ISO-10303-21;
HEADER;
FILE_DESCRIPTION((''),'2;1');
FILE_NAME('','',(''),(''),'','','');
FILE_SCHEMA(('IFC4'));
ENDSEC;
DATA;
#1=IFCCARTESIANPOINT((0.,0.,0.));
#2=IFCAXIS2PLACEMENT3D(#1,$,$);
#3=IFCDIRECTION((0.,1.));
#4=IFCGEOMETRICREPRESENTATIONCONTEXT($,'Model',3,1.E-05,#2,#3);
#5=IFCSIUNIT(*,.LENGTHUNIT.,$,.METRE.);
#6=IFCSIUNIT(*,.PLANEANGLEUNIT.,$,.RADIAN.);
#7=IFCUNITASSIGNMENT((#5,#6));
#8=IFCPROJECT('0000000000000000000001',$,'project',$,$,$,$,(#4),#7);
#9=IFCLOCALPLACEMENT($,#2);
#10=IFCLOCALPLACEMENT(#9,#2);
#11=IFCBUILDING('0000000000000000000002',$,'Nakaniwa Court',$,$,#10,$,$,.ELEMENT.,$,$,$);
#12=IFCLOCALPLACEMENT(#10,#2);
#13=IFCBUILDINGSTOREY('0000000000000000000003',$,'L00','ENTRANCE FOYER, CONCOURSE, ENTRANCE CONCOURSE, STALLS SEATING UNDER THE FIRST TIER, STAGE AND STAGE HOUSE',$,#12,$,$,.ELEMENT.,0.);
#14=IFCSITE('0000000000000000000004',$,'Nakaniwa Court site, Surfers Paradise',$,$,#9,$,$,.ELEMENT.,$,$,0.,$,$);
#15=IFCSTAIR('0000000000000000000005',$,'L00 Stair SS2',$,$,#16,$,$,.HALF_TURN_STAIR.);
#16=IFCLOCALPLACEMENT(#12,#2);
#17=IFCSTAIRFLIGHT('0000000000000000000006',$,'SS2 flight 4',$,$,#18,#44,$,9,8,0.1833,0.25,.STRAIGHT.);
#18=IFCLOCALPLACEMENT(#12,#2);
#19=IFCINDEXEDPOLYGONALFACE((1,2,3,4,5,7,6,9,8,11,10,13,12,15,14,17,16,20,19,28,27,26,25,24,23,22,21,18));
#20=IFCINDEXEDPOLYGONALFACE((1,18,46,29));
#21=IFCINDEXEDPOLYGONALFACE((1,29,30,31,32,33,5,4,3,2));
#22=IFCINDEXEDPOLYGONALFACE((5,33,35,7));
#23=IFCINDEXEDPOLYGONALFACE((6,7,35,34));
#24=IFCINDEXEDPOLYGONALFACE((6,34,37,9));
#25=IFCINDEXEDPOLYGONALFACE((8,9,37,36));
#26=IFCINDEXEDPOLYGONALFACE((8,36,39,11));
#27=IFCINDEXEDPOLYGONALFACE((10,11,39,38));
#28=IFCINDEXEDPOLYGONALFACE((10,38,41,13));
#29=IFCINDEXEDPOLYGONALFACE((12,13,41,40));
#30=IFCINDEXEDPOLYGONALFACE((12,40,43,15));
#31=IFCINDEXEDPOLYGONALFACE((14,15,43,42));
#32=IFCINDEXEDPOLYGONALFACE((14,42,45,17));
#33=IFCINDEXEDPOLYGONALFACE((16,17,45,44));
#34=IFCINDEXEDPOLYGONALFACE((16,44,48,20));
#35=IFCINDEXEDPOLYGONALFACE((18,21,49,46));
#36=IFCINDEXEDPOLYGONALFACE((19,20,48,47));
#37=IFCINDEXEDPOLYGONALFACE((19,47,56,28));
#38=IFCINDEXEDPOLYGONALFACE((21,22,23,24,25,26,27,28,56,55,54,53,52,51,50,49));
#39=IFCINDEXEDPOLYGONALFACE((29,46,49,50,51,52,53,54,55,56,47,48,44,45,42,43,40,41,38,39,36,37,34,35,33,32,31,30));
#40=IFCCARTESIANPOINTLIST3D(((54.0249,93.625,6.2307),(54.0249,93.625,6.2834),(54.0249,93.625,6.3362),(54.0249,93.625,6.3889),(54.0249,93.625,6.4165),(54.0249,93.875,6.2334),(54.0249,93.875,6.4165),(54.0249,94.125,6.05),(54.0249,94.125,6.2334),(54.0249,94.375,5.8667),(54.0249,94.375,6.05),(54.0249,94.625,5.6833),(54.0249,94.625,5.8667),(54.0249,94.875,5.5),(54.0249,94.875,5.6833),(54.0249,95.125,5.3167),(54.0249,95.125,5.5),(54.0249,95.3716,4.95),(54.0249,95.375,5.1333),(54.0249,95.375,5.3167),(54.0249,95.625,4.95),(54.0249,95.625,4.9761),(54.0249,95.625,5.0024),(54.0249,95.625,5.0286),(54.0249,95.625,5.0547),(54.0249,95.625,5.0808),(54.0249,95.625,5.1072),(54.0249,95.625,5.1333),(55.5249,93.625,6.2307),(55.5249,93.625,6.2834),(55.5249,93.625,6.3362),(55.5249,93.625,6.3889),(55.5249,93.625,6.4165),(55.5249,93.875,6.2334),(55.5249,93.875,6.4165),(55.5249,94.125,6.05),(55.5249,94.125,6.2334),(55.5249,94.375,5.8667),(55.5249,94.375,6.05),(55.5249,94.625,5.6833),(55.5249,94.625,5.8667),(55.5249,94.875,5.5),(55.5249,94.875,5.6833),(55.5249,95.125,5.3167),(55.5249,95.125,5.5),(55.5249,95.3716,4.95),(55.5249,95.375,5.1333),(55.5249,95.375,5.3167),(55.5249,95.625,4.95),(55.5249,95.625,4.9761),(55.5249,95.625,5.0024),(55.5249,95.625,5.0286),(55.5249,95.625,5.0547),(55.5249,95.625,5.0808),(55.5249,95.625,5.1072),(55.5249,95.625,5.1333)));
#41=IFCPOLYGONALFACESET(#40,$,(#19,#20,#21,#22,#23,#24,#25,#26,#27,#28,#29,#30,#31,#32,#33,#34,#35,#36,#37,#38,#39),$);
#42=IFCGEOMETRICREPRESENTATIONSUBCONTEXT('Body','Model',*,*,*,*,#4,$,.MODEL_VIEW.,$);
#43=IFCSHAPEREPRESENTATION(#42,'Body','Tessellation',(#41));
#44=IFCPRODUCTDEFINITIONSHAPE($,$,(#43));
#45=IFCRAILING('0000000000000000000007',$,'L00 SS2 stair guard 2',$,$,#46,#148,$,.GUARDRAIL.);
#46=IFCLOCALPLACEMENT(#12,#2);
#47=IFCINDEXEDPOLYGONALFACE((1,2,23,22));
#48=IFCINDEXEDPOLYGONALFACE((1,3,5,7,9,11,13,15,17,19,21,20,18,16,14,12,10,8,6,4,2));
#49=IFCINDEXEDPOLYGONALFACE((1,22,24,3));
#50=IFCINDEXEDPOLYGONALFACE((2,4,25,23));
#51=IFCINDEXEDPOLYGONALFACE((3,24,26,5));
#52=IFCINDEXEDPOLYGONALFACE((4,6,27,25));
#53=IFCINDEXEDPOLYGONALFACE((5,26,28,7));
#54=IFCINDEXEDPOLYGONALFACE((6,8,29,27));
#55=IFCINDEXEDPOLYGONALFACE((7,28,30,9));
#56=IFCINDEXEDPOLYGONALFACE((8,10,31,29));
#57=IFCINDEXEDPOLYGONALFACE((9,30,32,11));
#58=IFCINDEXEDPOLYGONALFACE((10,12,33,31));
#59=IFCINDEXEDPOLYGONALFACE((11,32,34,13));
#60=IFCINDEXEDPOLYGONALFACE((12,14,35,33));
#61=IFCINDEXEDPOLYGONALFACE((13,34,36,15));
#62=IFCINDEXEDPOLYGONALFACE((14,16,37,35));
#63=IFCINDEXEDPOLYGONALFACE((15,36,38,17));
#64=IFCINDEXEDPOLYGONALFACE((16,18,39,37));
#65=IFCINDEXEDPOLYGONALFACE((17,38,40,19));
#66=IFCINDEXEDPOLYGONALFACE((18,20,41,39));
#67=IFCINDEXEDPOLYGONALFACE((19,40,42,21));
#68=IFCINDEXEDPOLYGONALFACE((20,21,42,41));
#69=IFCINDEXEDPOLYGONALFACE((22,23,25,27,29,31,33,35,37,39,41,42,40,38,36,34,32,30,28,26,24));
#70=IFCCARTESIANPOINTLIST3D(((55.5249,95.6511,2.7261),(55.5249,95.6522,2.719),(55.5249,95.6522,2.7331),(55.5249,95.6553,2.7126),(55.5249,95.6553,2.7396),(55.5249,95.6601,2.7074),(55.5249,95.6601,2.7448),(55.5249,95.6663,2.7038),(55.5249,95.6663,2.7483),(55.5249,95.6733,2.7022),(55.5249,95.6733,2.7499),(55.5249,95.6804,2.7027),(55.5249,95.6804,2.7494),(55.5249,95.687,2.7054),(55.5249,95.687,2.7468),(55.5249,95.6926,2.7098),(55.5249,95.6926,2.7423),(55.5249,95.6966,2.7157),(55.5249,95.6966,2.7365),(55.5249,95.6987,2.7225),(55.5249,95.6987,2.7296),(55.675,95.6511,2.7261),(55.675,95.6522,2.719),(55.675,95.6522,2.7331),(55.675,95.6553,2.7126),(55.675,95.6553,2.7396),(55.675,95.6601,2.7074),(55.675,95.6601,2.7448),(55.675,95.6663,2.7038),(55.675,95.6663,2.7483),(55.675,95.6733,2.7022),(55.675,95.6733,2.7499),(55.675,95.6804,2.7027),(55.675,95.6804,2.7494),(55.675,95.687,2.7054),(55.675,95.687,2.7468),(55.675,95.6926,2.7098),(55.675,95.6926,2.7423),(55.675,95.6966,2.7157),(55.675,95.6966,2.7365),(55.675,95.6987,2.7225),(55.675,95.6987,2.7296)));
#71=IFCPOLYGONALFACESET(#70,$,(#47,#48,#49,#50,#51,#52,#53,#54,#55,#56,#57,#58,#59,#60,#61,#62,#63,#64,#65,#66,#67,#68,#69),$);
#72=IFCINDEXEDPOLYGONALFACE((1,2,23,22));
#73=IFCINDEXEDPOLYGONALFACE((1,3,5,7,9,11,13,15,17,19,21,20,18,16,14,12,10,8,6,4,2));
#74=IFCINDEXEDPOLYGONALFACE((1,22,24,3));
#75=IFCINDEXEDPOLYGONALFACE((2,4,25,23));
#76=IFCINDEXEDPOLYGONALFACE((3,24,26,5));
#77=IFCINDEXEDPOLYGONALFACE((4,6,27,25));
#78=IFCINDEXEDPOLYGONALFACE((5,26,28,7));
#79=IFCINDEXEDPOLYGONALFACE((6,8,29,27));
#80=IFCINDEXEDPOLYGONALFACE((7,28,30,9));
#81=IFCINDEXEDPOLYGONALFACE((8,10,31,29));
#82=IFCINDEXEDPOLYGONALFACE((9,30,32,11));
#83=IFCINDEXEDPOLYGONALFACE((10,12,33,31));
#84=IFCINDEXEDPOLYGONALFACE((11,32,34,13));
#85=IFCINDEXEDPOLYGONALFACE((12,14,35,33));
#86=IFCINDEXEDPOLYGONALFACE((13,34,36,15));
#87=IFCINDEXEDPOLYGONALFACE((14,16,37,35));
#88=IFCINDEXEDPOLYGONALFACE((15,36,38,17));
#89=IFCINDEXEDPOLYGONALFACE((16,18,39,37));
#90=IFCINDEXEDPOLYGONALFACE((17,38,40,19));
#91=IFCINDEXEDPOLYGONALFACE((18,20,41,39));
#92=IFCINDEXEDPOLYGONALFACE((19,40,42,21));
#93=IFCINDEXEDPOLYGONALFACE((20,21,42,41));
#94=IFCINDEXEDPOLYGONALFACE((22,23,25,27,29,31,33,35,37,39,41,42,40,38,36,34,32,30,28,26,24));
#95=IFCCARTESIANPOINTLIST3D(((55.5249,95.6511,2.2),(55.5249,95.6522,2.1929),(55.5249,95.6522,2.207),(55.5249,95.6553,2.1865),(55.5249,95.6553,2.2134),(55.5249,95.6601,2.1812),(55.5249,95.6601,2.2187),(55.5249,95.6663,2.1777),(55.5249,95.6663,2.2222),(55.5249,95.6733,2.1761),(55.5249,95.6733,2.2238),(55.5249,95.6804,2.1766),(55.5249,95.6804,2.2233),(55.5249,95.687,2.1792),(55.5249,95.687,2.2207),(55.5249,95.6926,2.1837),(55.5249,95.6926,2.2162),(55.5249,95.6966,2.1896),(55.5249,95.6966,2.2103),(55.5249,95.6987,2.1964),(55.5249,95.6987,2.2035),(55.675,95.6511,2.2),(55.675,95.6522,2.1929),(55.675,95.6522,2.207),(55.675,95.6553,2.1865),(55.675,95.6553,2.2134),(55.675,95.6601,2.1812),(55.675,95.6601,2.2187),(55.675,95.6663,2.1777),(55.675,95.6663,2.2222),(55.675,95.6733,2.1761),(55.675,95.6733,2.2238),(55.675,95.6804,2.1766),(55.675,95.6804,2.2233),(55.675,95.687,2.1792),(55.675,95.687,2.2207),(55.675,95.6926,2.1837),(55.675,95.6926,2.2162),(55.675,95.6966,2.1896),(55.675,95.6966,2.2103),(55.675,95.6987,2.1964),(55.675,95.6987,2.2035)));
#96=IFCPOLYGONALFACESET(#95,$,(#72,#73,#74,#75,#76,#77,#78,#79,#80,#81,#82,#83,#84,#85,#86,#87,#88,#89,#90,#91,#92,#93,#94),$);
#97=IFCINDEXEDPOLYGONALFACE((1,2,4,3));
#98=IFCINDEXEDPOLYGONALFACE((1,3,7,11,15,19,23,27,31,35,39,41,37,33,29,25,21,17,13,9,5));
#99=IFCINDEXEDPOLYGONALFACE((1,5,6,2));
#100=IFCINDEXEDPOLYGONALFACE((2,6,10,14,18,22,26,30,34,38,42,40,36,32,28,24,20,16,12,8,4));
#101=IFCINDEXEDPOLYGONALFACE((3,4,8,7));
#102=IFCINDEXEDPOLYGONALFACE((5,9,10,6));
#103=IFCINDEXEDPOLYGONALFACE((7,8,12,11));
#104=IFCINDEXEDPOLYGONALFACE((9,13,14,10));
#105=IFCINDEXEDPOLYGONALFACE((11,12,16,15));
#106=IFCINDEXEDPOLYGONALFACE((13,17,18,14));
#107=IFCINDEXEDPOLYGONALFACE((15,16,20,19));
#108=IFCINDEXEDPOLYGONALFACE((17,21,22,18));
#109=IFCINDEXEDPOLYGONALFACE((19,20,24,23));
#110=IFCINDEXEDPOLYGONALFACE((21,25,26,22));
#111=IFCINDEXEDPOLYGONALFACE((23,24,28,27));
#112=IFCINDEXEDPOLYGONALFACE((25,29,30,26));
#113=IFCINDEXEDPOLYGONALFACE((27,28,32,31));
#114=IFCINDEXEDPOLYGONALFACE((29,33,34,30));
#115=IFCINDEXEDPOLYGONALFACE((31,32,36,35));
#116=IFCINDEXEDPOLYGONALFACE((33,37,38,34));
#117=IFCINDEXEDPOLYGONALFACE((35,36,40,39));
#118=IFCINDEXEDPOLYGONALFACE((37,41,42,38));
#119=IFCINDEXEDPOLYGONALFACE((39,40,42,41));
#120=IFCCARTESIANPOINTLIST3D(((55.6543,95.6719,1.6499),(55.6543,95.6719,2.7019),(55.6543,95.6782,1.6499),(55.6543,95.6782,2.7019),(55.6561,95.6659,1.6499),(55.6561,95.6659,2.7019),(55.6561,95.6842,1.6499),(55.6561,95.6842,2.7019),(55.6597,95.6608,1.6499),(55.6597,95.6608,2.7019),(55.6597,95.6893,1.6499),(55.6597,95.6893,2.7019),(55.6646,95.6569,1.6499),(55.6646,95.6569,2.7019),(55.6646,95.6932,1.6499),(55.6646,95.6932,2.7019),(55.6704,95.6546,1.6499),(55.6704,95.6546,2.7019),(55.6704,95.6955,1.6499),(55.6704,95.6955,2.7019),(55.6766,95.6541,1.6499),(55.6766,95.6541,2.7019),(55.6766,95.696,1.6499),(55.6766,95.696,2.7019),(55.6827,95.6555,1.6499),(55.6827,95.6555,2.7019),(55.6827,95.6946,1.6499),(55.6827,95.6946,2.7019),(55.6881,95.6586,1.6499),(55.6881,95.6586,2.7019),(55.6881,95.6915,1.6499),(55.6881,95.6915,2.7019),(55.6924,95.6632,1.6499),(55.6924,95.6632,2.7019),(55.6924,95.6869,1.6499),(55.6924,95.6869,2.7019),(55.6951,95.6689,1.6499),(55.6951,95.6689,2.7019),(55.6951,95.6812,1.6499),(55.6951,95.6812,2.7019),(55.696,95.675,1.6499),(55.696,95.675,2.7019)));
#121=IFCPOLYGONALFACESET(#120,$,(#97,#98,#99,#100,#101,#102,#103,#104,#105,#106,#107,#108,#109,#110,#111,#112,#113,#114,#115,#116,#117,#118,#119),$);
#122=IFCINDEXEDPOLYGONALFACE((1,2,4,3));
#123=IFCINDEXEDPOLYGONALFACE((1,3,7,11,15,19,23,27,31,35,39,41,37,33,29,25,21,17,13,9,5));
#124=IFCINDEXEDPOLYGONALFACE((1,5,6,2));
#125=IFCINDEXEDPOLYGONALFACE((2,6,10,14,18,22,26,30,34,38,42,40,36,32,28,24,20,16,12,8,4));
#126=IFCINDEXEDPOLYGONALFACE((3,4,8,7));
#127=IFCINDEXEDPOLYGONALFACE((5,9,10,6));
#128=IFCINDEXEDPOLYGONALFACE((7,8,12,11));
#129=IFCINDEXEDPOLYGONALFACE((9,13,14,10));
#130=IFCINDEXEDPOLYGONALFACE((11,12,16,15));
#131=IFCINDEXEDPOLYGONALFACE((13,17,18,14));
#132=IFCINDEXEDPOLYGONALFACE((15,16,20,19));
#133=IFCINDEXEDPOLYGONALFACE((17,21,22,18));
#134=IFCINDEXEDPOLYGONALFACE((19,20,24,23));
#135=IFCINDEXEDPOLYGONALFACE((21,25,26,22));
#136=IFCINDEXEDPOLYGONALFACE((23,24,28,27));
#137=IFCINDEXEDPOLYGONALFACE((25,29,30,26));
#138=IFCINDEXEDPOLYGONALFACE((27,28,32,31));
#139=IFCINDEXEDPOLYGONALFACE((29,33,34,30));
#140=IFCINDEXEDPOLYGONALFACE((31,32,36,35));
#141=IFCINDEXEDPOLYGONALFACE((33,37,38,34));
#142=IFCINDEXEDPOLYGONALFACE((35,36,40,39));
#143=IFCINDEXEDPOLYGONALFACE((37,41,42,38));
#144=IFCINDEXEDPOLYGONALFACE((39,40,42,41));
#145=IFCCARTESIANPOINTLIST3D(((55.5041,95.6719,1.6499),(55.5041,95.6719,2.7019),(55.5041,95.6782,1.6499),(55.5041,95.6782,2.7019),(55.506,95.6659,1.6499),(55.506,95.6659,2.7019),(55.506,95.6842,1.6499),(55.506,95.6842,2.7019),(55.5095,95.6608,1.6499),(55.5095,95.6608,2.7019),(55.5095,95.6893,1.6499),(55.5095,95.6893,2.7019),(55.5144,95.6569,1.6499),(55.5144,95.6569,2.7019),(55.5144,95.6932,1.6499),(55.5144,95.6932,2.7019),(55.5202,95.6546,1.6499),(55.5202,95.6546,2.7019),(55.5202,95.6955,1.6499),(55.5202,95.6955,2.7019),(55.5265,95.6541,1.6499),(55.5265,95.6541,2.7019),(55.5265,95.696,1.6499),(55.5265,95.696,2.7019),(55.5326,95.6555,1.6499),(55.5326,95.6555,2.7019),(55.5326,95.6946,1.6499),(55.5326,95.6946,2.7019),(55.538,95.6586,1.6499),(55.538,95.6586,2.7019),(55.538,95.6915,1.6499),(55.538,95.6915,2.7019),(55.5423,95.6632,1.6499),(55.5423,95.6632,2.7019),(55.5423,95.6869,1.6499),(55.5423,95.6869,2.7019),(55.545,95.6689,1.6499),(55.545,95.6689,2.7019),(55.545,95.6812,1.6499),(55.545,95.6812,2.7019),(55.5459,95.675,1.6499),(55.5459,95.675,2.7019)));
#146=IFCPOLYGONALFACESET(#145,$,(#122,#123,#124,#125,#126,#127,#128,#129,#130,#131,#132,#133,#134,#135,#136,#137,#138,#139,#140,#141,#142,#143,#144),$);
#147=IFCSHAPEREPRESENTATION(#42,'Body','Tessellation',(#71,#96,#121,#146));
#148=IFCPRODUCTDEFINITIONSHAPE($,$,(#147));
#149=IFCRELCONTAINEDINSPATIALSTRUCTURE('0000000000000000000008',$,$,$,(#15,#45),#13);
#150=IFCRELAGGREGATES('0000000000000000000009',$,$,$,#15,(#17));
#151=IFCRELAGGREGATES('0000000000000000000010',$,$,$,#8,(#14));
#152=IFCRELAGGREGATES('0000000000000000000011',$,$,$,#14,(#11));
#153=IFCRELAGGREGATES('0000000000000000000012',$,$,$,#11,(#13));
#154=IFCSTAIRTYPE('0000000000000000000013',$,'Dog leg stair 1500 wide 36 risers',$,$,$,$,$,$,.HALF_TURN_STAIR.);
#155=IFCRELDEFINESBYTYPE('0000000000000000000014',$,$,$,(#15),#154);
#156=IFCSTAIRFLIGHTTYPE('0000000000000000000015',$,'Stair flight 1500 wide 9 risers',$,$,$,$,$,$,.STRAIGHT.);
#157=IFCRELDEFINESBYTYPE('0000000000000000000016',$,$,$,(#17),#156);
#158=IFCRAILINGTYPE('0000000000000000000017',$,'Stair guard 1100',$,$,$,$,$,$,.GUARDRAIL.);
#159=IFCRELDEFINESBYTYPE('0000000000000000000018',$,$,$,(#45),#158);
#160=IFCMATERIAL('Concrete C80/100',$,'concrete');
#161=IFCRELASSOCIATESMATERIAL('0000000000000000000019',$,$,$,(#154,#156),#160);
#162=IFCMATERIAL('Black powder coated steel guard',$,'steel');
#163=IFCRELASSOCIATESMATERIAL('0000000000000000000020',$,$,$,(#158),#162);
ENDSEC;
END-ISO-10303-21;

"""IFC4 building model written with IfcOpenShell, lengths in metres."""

from ifc_helpers import new_model, si_unit, direction, frame, origin, origin_2d, place, context, subcontext, project, spatial, polyline, circle, outline, extrude, material, type_object, element, aggregate, save


model = new_model("IFC4")

# Units and contexts
model_context = context("Model", 3, precision=1e-05, world=origin(), true_north=direction((0.0, 1.0)))
body_context = subcontext(model_context, "Body", "Model", "MODEL_VIEW")
ifc_project = project(units=[si_unit("LENGTHUNIT", "METRE"), si_unit("PLANEANGLEUNIT", "RADIAN")], contexts=[model_context])

# Site, building, storey
site_placement = place(None, origin())
site = spatial("IfcSite", under=ifc_project, at=site_placement, Name="Nakaniwa Court site, Surfers Paradise", CompositionType="ELEMENT", RefElevation=0.0)
building_placement = place(site_placement, origin())
building = spatial("IfcBuilding", under=site, at=building_placement, Name="Nakaniwa Court", CompositionType="ELEMENT")
storey_placement = place(building_placement, origin())
storey = spatial("IfcBuildingStorey", under=building, at=storey_placement, Name="L00", Description="ENTRANCE FOYER, CONCOURSE, ENTRANCE CONCOURSE, STALLS SEATING UNDER THE FIRST TIER, STAGE AND STAGE HOUSE", CompositionType="ELEMENT", Elevation=0.0)

# Stair, stair flight
ifc_material_1 = material(Name="Concrete C80/100", Category="concrete")
stair_type = type_object("IfcStairType", Name="Dog leg stair 1500 wide 36 risers", PredefinedType="HALF_TURN_STAIR", material=ifc_material_1)
stair_placement = place(storey_placement, origin())
stair = element("IfcStair", 1, at=stair_placement, inside=storey, type_object=stair_type, Name="L00 Stair SS2", PredefinedType="HALF_TURN_STAIR")
stair_flight_type = type_object("IfcStairFlightType", Name="Stair flight 1500 wide 9 risers", PredefinedType="STRAIGHT", material=ifc_material_1)
stair_flight_1_placement = place(storey_placement, frame((54.7749, 95.625, 4.95), z_axis=(0.0, 0.0, 1.0), x_axis=(0.0, -1.0, 0.0)))
stair_flight_1 = element("IfcStairFlight", 2, at=stair_flight_1_placement, type_object=stair_flight_type, Name="SS2 flight 4", NumberOfRisers=9, NumberOfTreads=8, PredefinedType="STRAIGHT", RiserHeight=0.1833, TreadLength=0.25, context=body_context, shape_type="SweptSolid", body=[
    extrude(outline(polyline([(0.0, 0.0), (0.0, 0.0261), (0.0, 0.0525), (0.0, 0.0786), (0.0, 0.1047), (0.0, 0.1309), (0.0, 0.1572), (0.0, 0.1833), (0.25, 0.1833), (0.25, 0.3667), (0.5, 0.3667), (0.5, 0.55), (0.75, 0.55), (0.75, 0.7334), (1.0, 0.7334), (1.0, 0.9167), (1.25, 0.9167), (1.25, 1.1001), (1.5, 1.1001), (1.5, 1.2834), (1.75, 1.2834), (1.75, 1.4666), (2.0, 1.4666), (2.0, 1.6499), (2.0, 1.5972), (2.0, 1.5444), (2.0, 1.4917), (2.0, 1.439), (2.0, 1.3862), (2.0, 1.3335), (2.0, 1.2808), (0.2534, 0.0), (0.0, 0.0)])), frame((0.0, 0.75, 0.0), z_axis=(0.0, -1.0, 0.0), x_axis=(1.0, 0.0, 0.0)), (0.0, 0.0, 1.0), 1.5),
])
aggregate(stair, [stair_flight_1])

# Railing
ifc_material_2 = material(Name="Black powder coated steel guard", Category="steel")
railing_type_1 = type_object("IfcRailingType", Name="Stair guard 1100", PredefinedType="GUARDRAIL", material=ifc_material_2)
railing_1_placement = place(storey_placement, frame((55.675, 95.675, 1.6499)))
element("IfcRailing", 3, at=railing_1_placement, inside=storey, type_object=railing_type_1, Name="L00 SS2 stair guard 2", PredefinedType="GUARDRAIL", context=body_context, shape_type="SweptSolid", body=[
    extrude(circle(Radius=0.0239, at=origin_2d()), frame((0.0, 0.0, 1.0762), z_axis=(-1.0, 0.0, 0.0), x_axis=(0.0, -1.0, 0.0)), (0.0, 0.0, 1.0), 0.1501),
    extrude(circle(Radius=0.0239, at=origin_2d()), frame((0.0, 0.0, 0.55), z_axis=(-1.0, 0.0, 0.0), x_axis=(0.0, -1.0, 0.0)), (0.0, 0.0, 1.0), 0.1501),
    extrude(circle(Radius=0.021, at=origin_2d()), origin(), (0.0, 0.0, 1.0), 1.052),
    extrude(circle(Radius=0.021, at=origin_2d()), frame((-0.1501, 0.0, 0.0)), (0.0, 0.0, 1.0), 1.052),
])

save(model, "model.ifc")
